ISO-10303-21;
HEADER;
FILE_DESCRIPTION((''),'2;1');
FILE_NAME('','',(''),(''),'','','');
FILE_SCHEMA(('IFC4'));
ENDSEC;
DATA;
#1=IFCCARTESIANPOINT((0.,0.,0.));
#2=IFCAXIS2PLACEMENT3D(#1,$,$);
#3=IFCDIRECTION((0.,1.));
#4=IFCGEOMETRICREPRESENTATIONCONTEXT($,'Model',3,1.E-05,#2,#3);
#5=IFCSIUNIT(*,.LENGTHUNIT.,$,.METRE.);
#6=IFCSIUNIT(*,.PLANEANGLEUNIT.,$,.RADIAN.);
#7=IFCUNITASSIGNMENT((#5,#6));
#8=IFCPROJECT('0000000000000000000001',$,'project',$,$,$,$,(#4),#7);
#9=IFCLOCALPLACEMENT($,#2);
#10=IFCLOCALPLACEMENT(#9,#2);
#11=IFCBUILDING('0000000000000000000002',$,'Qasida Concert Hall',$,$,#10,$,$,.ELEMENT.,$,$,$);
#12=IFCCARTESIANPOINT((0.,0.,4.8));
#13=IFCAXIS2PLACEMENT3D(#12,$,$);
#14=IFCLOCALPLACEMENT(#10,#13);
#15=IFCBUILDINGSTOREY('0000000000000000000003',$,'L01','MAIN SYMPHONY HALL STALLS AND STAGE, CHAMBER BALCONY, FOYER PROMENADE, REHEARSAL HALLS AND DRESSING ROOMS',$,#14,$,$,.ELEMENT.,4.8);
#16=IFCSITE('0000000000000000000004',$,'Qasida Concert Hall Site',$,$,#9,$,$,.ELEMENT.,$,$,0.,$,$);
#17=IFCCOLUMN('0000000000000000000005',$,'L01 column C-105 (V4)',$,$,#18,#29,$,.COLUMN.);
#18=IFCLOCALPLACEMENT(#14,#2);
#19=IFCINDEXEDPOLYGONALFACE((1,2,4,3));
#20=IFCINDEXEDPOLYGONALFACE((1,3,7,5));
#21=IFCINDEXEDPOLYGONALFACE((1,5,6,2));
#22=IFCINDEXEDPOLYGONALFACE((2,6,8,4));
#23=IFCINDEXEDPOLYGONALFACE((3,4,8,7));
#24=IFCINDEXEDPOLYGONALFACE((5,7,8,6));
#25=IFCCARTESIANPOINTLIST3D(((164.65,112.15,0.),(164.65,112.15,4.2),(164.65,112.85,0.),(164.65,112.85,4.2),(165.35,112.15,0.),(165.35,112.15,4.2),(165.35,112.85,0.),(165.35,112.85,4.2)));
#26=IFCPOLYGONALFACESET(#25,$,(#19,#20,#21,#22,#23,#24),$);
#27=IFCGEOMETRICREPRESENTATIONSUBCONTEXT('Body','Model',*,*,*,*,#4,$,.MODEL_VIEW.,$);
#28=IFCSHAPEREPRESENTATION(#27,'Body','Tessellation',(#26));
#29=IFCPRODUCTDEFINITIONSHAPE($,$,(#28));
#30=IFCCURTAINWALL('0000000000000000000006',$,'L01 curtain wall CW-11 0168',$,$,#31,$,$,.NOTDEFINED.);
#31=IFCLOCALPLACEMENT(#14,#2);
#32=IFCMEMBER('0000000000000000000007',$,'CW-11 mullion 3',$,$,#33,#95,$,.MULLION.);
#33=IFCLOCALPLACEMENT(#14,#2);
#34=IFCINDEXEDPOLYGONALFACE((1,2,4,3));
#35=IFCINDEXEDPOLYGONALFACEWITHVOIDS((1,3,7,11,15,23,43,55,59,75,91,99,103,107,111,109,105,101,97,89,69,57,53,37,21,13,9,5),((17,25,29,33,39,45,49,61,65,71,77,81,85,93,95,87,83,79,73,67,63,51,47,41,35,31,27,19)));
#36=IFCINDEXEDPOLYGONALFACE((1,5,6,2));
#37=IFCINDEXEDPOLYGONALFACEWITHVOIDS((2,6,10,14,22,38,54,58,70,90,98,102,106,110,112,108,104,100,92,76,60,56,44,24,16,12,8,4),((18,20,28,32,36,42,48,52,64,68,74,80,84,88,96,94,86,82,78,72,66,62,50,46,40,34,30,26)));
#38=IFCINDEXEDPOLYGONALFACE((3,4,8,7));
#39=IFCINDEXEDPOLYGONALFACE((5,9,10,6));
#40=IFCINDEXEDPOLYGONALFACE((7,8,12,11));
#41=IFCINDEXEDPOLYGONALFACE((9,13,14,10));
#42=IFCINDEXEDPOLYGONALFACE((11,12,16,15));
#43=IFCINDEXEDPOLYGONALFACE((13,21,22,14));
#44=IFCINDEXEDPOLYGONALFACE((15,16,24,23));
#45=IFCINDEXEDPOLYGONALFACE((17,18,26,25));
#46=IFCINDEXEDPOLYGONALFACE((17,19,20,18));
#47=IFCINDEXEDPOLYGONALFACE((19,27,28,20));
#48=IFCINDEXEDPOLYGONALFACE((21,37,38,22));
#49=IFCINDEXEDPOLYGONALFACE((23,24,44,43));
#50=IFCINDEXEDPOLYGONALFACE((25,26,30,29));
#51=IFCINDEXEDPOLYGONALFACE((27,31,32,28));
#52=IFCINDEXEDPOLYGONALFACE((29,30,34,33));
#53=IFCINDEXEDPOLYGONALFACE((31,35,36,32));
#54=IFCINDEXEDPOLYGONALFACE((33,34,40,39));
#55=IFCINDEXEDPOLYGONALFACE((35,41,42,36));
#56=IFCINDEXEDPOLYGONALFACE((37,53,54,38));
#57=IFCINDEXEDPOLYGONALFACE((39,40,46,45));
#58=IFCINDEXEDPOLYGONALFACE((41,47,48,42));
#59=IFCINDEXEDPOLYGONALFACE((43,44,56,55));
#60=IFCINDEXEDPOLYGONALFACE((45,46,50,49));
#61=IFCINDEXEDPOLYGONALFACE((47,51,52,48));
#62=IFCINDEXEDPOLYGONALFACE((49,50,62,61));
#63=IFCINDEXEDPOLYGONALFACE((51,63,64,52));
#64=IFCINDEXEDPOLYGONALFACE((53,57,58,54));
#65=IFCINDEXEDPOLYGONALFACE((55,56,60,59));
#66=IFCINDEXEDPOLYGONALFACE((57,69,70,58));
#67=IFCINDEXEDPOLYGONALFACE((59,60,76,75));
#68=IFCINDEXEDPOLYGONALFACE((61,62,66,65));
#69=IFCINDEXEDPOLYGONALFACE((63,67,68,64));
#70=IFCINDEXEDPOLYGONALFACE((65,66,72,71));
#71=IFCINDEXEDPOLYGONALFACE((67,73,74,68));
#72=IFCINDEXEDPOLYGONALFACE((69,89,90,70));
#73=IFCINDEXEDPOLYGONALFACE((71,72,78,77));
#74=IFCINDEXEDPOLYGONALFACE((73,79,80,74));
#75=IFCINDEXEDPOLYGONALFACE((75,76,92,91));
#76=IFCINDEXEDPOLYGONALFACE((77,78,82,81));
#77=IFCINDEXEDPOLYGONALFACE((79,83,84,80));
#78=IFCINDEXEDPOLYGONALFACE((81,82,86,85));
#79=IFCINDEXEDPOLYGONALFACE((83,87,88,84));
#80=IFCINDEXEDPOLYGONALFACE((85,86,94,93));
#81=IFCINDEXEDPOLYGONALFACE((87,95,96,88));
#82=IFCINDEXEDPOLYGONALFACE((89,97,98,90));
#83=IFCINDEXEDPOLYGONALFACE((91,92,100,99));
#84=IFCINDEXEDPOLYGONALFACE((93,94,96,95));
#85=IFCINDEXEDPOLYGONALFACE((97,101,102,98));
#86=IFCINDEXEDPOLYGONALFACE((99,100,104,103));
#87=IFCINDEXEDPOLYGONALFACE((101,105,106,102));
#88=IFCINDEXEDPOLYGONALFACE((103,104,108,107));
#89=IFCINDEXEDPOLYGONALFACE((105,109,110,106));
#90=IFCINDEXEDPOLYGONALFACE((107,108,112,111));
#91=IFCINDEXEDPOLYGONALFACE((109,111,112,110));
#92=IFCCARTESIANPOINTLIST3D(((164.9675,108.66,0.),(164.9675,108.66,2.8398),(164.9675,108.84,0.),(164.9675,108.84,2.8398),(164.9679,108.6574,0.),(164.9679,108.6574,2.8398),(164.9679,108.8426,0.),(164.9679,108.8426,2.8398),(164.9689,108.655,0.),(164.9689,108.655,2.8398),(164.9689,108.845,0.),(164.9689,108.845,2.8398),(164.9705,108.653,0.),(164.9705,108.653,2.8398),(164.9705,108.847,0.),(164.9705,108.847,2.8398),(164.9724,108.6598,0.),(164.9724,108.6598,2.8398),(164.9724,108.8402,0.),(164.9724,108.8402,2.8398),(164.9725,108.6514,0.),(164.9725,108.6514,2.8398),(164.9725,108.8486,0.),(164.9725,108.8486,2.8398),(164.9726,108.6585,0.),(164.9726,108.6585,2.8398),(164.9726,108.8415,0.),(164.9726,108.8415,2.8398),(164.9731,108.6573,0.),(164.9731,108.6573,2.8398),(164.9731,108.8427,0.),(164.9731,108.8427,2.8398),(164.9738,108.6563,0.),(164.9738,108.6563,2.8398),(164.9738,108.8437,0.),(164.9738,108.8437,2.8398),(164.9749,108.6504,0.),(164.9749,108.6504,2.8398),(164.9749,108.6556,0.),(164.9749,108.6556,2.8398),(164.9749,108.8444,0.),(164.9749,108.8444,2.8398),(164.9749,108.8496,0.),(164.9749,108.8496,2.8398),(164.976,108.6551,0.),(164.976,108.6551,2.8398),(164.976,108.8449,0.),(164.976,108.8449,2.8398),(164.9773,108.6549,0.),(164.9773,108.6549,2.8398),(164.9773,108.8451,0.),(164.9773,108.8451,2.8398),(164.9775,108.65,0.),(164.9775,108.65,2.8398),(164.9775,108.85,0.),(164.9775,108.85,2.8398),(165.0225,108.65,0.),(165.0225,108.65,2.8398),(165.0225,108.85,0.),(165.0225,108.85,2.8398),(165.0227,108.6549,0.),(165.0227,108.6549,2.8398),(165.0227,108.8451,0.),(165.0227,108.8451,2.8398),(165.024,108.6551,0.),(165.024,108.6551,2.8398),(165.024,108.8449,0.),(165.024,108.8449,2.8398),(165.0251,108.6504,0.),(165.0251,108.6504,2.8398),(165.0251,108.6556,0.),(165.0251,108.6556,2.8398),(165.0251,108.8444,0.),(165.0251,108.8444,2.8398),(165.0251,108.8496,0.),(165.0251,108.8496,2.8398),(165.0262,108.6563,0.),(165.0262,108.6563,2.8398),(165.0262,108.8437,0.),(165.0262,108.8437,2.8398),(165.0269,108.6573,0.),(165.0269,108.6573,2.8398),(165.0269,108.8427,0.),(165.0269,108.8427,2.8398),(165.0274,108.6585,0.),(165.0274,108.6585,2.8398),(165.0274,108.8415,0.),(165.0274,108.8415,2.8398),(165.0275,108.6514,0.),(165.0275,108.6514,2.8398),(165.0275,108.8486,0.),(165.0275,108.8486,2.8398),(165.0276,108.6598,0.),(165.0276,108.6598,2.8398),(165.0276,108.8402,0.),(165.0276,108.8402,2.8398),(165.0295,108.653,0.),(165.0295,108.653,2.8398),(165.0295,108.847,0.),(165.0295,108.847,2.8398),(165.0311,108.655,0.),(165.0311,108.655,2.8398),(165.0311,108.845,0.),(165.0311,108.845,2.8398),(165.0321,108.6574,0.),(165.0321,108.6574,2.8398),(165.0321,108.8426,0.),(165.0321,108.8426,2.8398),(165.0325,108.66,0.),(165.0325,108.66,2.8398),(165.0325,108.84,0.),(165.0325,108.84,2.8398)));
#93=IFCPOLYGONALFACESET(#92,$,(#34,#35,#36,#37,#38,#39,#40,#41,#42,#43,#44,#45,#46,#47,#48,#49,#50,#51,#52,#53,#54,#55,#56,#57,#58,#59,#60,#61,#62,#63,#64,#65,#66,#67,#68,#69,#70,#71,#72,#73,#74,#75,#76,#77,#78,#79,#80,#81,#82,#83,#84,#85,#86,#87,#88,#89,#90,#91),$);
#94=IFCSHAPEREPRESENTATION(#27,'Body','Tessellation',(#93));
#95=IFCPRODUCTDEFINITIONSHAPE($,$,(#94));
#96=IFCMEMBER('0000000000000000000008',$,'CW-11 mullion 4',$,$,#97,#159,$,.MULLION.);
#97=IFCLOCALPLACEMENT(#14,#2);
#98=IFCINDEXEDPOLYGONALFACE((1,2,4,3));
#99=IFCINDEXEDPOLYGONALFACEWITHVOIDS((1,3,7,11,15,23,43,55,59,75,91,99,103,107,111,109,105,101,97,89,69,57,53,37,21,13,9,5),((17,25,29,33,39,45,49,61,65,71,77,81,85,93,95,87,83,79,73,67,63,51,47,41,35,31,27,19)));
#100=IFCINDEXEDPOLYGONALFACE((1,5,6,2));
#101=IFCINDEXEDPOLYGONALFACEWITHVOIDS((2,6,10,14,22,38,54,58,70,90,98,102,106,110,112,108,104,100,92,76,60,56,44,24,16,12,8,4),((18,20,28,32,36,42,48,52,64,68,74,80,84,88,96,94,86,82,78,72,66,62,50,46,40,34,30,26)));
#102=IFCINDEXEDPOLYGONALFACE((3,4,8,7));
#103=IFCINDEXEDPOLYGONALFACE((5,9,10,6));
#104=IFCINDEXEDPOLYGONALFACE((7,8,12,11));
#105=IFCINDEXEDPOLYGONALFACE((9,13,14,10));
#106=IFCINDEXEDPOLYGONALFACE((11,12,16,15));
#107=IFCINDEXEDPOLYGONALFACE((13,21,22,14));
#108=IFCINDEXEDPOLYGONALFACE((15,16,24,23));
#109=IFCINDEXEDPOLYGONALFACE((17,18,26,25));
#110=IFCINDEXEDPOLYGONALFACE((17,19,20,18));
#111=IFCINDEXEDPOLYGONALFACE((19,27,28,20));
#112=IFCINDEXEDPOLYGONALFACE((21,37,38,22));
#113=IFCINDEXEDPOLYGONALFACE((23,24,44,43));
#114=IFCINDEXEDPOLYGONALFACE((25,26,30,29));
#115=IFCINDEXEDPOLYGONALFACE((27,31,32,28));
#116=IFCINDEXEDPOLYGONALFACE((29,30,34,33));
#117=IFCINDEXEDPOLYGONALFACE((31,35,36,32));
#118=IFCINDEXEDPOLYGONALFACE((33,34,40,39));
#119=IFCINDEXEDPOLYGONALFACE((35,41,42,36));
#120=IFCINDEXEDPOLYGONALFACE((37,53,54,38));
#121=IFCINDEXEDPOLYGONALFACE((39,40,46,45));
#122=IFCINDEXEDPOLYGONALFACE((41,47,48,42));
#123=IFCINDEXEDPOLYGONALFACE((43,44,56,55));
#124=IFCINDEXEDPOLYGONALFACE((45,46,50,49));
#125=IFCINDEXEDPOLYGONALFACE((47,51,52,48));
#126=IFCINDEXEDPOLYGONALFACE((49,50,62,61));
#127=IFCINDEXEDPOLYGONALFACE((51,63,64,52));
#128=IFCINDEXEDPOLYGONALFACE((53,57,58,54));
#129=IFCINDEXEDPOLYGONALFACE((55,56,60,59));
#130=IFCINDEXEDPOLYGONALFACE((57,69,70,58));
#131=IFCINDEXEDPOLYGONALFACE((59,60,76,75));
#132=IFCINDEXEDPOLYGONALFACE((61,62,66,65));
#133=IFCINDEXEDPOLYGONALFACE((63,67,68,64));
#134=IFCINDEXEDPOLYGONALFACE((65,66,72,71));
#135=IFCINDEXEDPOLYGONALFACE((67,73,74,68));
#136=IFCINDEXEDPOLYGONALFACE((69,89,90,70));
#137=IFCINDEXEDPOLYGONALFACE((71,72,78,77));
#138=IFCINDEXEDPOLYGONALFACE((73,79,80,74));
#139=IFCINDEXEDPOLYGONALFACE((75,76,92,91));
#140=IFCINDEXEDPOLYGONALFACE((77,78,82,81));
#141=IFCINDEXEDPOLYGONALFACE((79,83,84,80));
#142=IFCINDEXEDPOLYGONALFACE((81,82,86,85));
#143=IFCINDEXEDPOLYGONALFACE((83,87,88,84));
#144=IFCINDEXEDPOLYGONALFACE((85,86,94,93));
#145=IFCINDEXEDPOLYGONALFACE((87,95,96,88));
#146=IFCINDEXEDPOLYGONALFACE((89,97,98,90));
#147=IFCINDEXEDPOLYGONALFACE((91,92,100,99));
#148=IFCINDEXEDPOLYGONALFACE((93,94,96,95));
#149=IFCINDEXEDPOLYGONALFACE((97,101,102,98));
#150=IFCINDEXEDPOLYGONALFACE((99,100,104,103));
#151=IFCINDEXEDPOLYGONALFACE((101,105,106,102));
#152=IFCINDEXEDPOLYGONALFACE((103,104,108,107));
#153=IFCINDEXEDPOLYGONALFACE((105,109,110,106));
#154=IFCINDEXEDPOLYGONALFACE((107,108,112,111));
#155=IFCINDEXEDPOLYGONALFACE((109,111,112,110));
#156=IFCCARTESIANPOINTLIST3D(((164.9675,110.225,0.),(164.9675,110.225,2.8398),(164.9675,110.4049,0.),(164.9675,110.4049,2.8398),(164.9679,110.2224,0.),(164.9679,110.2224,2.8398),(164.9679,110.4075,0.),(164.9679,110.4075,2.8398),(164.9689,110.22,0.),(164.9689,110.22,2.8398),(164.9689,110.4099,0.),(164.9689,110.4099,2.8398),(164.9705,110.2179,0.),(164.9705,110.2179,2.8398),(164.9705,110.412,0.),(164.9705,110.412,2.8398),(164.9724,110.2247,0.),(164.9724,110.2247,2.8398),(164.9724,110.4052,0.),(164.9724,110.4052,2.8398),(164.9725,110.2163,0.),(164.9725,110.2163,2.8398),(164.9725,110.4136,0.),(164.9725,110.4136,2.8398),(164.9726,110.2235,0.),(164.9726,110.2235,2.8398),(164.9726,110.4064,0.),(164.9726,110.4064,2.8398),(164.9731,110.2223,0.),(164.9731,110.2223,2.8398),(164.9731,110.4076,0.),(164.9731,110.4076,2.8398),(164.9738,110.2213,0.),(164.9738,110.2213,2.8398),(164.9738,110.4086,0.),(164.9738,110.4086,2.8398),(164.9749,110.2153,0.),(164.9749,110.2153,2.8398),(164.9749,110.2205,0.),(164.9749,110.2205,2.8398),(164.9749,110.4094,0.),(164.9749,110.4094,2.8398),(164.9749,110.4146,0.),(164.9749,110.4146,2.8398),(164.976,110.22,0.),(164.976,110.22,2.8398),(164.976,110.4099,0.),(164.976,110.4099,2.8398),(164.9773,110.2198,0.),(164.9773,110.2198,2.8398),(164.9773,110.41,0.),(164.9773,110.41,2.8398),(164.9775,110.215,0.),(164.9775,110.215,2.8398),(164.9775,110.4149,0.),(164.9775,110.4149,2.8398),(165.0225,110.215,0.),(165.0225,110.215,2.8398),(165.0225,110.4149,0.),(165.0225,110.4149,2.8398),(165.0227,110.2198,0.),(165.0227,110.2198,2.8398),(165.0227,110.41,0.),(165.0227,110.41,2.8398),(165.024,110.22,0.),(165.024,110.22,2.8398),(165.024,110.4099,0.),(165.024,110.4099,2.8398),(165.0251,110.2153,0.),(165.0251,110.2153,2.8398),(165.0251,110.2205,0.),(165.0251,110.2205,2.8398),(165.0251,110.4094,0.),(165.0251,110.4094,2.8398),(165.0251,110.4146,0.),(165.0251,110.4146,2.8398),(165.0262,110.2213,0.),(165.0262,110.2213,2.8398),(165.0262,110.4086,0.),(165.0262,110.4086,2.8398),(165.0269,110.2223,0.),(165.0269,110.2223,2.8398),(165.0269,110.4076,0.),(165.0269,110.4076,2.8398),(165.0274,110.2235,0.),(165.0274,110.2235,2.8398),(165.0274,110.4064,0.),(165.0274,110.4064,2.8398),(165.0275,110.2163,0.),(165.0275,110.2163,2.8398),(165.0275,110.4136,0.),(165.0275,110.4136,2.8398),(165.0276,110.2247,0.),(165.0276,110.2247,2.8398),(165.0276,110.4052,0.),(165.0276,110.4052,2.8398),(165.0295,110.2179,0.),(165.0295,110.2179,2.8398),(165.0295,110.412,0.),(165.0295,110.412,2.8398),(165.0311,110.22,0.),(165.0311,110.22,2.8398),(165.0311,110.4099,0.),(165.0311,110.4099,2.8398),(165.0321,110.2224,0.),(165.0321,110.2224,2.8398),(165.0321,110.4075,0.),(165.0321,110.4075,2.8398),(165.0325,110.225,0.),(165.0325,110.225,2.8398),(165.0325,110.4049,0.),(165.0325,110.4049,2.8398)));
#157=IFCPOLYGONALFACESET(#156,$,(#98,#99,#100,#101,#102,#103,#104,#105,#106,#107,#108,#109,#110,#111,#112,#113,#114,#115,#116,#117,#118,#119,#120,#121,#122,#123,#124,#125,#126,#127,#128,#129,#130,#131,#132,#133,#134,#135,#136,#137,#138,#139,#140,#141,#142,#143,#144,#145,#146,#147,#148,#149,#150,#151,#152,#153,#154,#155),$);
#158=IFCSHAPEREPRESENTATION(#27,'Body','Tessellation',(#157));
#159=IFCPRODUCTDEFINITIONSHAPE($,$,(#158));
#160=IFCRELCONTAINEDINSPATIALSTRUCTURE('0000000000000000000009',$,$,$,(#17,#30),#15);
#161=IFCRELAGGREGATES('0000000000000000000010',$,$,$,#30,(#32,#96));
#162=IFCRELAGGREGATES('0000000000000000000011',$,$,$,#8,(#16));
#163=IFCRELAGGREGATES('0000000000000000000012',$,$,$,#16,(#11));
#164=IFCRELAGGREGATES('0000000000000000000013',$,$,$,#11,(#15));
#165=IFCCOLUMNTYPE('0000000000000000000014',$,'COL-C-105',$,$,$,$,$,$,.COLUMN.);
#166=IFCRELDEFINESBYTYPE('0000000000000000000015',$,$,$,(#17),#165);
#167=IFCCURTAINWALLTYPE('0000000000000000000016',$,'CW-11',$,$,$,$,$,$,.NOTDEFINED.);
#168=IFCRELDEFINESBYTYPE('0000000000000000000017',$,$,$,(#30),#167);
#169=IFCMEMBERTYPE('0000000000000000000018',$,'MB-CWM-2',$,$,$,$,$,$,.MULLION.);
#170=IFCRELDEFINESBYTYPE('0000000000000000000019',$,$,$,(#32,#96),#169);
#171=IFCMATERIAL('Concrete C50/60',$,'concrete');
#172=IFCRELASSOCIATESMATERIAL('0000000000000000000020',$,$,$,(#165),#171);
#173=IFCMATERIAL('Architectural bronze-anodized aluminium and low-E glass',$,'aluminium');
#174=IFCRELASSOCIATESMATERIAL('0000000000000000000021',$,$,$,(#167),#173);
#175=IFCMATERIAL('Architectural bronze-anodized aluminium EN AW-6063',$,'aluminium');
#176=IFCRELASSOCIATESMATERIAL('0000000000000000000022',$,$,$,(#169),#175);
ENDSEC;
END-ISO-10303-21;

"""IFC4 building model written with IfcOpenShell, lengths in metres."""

from ifc_helpers import new_model, si_unit, direction, frame, origin, origin_2d, place, context, subcontext, project, spatial, rectangle, hollow_rectangle, extrude, material, material_profile, profile_set, type_object, element, aggregate, save


model = new_model("IFC4")

# Units and contexts
model_context = context("Model", 3, precision=1e-05, world=origin(), true_north=direction((0.0, 1.0)))
body_context = subcontext(model_context, "Body", "Model", "MODEL_VIEW")
ifc_project = project(units=[si_unit("LENGTHUNIT", "METRE"), si_unit("PLANEANGLEUNIT", "RADIAN")], contexts=[model_context])

# Site, building, storey
site_placement = place(None, origin())
site = spatial("IfcSite", under=ifc_project, at=site_placement, Name="Qasida Concert Hall Site", CompositionType="ELEMENT", RefElevation=0.0)
building_placement = place(site_placement, origin())
building = spatial("IfcBuilding", under=site, at=building_placement, Name="Qasida Concert Hall", CompositionType="ELEMENT")
storey_placement = place(building_placement, frame((0.0, 0.0, 4.8)))
storey = spatial("IfcBuildingStorey", under=building, at=storey_placement, Name="L01", Description="MAIN SYMPHONY HALL STALLS AND STAGE, CHAMBER BALCONY, FOYER PROMENADE, REHEARSAL HALLS AND DRESSING ROOMS", CompositionType="ELEMENT", Elevation=4.8)

# Column
ifc_material_1 = material(Name="Concrete C50/60", Category="concrete")
ifc_material_profile_1 = material_profile(ifc_material_1, rectangle(XDim=0.7, YDim=0.7, at=origin_2d()), Name="RC 700x700")
ifc_profile_set_1 = profile_set([ifc_material_profile_1], Name="Concrete C50/60")
column_type = type_object("IfcColumnType", Name="COL-C-105", PredefinedType="COLUMN", material=ifc_profile_set_1)
column_placement = place(storey_placement, frame((165.0, 112.5, 0.0), z_axis=(0.0, 0.0, 1.0), x_axis=(1.0, 0.0, 0.0)))
element("IfcColumn", 1, at=column_placement, inside=storey, type_object=column_type, Name="L01 column C-105 (V4)", PredefinedType="COLUMN", context=body_context, shape_type="SweptSolid", body=[
    extrude(rectangle(XDim=0.7, YDim=0.7, at=origin_2d()), origin(), (0.0, 0.0, 1.0), 4.2),
])

# Curtain wall, members
ifc_material_2 = material(Name="Architectural bronze-anodized aluminium and low-E glass", Category="aluminium")
curtain_wall_type = type_object("IfcCurtainWallType", Name="CW-11", PredefinedType="NOTDEFINED", material=ifc_material_2)
curtain_wall_placement = place(storey_placement, origin())
curtain_wall = element("IfcCurtainWall", 2, at=curtain_wall_placement, inside=storey, type_object=curtain_wall_type, Name="L01 curtain wall CW-11 0168", PredefinedType="NOTDEFINED")
ifc_material_3 = material(Name="Architectural bronze-anodized aluminium EN AW-6063", Category="aluminium")
ifc_material_profile_2 = material_profile(ifc_material_3, hollow_rectangle(XDim=0.0649, YDim=0.2, WallThickness=0.0049, InnerFilletRadius=0.0049, OuterFilletRadius=0.01, at=origin_2d()), Name="CWM 200x65x5")
ifc_profile_set_2 = profile_set([ifc_material_profile_2], Name="Architectural bronze-anodized aluminium EN AW-6063")
member_type_1 = type_object("IfcMemberType", Name="MB-CWM-2", PredefinedType="MULLION", material=ifc_profile_set_2)
member_1_placement = place(storey_placement, frame((165.0, 108.75, 0.0), z_axis=(0.0, 0.0, 1.0), x_axis=(-1.0, 0.0, 0.0)))
member_1 = element("IfcMember", 3, at=member_1_placement, type_object=member_type_1, Name="CW-11 mullion 3", PredefinedType="MULLION", context=body_context, shape_type="SweptSolid", body=[
    extrude(hollow_rectangle(XDim=0.0649, YDim=0.2, WallThickness=0.0049, InnerFilletRadius=0.0049, OuterFilletRadius=0.01, at=origin_2d()), origin(), (0.0, 0.0, 1.0), 2.8398),
])
member_2_placement = place(storey_placement, frame((165.0, 110.3149, 0.0), z_axis=(0.0, 0.0, 1.0), x_axis=(-1.0, 0.0, 0.0)))
member_2 = element("IfcMember", 4, at=member_2_placement, type_object=member_type_1, Name="CW-11 mullion 4", PredefinedType="MULLION", context=body_context, shape_type="SweptSolid", body=[
    extrude(hollow_rectangle(XDim=0.0649, YDim=0.2, WallThickness=0.0049, InnerFilletRadius=0.0049, OuterFilletRadius=0.01, at=origin_2d()), origin(), (0.0, 0.0, 1.0), 2.8398),
])
aggregate(curtain_wall, [member_1, member_2])

save(model, "model.ifc")
